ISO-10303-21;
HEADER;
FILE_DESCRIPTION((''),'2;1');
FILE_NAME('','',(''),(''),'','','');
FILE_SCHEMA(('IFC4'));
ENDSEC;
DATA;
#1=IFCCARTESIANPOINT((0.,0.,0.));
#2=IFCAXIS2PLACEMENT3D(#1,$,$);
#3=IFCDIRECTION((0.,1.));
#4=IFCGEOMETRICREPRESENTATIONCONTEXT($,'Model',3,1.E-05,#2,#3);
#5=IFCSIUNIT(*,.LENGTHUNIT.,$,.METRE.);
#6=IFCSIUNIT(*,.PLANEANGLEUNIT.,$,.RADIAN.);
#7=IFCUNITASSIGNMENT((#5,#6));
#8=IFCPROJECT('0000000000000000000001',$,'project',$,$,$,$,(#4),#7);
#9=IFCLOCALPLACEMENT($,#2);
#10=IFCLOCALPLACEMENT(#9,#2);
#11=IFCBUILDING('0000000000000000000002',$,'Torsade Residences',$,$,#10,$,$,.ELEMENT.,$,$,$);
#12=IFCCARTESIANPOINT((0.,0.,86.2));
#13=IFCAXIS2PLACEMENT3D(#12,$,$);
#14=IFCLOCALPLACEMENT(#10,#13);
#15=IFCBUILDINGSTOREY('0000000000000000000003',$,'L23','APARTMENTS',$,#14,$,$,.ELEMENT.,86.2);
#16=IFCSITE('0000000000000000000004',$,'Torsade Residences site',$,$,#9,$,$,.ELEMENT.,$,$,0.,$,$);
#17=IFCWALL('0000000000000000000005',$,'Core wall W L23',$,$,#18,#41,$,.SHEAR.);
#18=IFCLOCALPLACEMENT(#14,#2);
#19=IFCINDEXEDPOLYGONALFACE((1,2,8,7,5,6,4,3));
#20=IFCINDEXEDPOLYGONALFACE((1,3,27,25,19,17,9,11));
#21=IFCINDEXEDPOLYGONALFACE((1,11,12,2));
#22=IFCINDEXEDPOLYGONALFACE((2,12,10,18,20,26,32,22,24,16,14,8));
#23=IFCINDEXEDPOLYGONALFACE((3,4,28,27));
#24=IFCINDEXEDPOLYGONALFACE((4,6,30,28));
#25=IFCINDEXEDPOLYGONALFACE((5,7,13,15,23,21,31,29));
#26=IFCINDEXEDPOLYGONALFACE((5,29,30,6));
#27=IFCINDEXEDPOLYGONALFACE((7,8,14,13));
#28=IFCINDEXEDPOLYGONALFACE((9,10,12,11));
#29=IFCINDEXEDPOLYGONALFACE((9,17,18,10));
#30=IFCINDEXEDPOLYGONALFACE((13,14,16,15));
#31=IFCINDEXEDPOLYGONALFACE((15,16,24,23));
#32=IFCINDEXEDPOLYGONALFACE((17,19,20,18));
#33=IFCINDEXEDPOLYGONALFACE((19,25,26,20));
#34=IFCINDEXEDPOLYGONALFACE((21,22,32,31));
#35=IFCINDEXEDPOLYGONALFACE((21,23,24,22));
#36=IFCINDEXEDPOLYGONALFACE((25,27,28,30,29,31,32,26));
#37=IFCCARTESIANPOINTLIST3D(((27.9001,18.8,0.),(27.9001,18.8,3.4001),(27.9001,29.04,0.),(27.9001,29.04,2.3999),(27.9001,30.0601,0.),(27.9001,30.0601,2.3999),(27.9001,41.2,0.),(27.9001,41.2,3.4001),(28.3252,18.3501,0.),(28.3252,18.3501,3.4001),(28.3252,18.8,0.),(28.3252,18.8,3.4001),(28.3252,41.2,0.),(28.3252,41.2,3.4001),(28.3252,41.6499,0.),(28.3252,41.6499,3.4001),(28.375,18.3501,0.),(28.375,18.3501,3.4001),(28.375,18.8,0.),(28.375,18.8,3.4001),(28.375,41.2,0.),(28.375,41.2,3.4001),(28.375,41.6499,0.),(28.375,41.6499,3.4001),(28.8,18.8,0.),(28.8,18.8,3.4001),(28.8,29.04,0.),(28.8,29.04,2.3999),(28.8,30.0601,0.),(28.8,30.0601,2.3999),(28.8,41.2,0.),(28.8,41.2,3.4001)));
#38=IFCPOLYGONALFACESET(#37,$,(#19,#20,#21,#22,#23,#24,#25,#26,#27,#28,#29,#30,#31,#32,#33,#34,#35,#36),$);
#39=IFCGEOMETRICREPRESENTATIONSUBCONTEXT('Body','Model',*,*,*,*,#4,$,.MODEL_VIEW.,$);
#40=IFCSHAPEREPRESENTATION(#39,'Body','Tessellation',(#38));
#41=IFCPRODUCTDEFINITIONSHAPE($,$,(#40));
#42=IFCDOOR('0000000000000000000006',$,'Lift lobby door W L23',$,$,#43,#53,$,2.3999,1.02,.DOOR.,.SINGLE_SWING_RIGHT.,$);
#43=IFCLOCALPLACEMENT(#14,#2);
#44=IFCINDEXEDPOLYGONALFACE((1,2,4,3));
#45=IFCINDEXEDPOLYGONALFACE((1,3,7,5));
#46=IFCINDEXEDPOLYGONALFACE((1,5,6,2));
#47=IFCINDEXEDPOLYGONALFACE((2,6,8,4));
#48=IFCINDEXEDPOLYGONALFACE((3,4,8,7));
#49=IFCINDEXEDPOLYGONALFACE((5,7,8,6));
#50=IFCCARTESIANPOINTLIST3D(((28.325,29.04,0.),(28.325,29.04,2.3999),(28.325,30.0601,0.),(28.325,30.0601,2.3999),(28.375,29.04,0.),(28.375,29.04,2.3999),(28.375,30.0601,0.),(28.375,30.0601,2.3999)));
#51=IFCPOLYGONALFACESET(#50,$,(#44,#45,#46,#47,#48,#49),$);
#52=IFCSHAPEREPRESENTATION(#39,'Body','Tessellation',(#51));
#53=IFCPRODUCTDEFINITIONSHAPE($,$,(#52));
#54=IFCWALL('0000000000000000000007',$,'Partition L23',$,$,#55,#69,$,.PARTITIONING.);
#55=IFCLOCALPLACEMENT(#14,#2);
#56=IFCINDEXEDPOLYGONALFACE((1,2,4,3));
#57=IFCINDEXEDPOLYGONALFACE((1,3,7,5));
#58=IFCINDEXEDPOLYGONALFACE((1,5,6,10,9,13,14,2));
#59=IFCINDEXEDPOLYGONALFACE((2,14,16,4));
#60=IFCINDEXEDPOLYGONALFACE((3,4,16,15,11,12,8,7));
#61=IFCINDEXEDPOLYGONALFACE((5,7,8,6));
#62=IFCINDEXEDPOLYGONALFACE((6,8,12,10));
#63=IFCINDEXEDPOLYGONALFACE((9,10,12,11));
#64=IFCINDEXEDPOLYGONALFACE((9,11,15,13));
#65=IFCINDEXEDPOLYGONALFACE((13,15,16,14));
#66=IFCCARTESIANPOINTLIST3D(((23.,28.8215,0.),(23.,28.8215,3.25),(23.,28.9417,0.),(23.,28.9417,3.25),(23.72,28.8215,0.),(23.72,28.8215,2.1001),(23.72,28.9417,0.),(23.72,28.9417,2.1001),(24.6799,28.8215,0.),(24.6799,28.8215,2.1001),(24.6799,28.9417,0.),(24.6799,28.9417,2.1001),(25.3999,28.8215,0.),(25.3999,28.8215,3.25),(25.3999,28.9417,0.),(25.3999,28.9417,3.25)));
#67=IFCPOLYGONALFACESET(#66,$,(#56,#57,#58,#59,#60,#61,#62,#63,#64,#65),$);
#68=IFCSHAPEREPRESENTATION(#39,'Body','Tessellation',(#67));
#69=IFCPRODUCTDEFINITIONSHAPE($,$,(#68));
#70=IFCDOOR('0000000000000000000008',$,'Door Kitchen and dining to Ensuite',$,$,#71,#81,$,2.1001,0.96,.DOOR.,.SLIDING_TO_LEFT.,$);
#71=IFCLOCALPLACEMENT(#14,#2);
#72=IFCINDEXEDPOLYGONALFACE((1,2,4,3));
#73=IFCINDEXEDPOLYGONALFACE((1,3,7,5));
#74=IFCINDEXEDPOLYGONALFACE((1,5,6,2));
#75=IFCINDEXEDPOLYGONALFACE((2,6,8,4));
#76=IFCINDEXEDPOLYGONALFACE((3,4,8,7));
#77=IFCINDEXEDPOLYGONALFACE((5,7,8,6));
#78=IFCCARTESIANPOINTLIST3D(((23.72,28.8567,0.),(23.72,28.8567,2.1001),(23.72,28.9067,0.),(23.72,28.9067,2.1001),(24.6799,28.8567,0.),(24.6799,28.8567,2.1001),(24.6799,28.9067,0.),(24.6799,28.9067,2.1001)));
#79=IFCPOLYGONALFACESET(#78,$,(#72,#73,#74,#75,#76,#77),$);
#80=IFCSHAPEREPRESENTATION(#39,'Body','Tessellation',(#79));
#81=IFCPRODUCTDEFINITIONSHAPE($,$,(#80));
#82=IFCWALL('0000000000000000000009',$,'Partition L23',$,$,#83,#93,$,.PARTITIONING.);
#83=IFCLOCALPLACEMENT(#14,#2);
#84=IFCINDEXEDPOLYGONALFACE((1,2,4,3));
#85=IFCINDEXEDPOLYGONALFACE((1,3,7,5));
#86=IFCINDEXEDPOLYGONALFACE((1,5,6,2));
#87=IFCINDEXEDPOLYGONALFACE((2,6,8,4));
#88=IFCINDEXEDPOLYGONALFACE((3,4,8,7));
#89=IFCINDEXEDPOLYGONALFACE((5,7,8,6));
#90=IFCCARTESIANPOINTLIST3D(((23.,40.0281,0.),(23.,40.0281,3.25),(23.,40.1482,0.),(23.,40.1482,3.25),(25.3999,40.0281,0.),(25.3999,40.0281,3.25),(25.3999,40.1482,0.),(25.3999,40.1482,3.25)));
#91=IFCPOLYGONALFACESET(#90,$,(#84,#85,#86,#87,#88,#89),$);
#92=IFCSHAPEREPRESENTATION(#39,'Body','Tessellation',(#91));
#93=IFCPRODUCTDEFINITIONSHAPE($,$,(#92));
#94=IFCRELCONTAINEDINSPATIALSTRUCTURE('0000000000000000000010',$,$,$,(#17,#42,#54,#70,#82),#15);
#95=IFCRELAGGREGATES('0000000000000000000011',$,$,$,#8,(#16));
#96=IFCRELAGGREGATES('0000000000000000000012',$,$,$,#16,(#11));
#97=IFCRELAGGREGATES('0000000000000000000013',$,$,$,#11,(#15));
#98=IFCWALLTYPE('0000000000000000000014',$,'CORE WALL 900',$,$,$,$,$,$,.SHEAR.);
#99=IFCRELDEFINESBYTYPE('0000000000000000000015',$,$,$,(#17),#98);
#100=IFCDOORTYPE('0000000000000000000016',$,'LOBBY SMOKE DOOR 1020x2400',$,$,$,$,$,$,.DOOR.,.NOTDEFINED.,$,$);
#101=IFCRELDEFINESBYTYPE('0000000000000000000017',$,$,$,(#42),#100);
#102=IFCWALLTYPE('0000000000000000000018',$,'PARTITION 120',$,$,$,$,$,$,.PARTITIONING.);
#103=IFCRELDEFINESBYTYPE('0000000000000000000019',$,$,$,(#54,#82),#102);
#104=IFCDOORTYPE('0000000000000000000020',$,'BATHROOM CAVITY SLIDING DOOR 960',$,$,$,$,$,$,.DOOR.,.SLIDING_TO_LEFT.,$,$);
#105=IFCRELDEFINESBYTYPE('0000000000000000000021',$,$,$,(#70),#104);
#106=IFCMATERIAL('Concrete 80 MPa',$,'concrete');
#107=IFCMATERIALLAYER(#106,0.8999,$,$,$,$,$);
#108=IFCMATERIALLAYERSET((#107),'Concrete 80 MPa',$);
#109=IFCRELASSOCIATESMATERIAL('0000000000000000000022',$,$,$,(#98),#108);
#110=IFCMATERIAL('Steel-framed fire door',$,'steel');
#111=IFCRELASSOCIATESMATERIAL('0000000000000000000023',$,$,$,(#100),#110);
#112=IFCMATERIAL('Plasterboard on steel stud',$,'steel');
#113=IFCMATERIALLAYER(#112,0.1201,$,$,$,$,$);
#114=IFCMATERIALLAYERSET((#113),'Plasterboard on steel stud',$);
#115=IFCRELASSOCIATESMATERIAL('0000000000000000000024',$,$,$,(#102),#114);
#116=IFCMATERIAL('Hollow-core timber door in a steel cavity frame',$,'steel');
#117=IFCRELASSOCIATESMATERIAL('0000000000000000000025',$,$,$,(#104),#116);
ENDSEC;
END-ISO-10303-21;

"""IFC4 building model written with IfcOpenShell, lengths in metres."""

from ifc_helpers import new_model, si_unit, direction, frame, frame_2d, origin, place, context, subcontext, project, spatial, polyline, rectangle, outline, extrude, material, layer, layer_set, type_object, element, fill, save


model = new_model("IFC4")

# Units and contexts
model_context = context("Model", 3, precision=1e-05, world=origin(), true_north=direction((0.0, 1.0)))
body_context = subcontext(model_context, "Body", "Model", "MODEL_VIEW")
ifc_project = project(units=[si_unit("LENGTHUNIT", "METRE"), si_unit("PLANEANGLEUNIT", "RADIAN")], contexts=[model_context])

# Site, building, storey
site_placement = place(None, origin())
site = spatial("IfcSite", under=ifc_project, at=site_placement, Name="Torsade Residences site", CompositionType="ELEMENT", RefElevation=0.0)
building_placement = place(site_placement, origin())
building = spatial("IfcBuilding", under=site, at=building_placement, Name="Torsade Residences", CompositionType="ELEMENT")
storey_placement = place(building_placement, frame((0.0, 0.0, 86.2)))
storey = spatial("IfcBuildingStorey", under=building, at=storey_placement, Name="L23", Description="APARTMENTS", CompositionType="ELEMENT", Elevation=86.2)

# Shared definitions
ifc_material_1 = material(Name="Concrete 80 MPa", Category="concrete")
ifc_layer_1 = layer(ifc_material_1, 0.8999)
ifc_layer_set_1 = layer_set([ifc_layer_1], Name="Concrete 80 MPa")
wall_type_1 = type_object("IfcWallType", Name="CORE WALL 900", PredefinedType="SHEAR", material=ifc_layer_set_1)

# Walls, openings, doors
wall_1_placement = place(storey_placement, frame((28.3501, 41.2, 0.0), z_axis=(0.0, 0.0, 1.0), x_axis=(0.0, -1.0, 0.0)))
wall_1 = element("IfcWall", 1, at=wall_1_placement, inside=storey, type_object=wall_type_1, Name="Core wall W L23", PredefinedType="SHEAR", context=body_context, shape_type="SweptSolid", body=[
    extrude(outline(polyline([(0.0, -0.45), (22.3999, -0.45), (22.3999, -0.0249), (22.8499, -0.0249), (22.8499, 0.0249), (22.3999, 0.0249), (22.3999, 0.45), (0.0, 0.45), (0.0, 0.0249), (-0.45, 0.0249), (-0.45, -0.0249), (0.0, -0.0249), (0.0, -0.45)])), origin(), (0.0, 0.0, 1.0), 3.4001),
])
opening_1_placement = place(wall_1_placement, frame((11.1399, 0.0, 0.0)))
opening_1 = element("IfcOpeningElement", 2, at=opening_1_placement, cuts=wall_1, PredefinedType="OPENING", context=body_context, shape_type="SweptSolid", body=[
    extrude(rectangle(XDim=1.02, YDim=2.3999, at=frame_2d((0.51, 1.2))), frame((0.0, 0.46, 0.0), z_axis=(0.0, -1.0, 0.0), x_axis=(1.0, 0.0, 0.0)), (0.0, 0.0, 1.0), 0.9199),
])
ifc_material_2 = material(Name="Steel-framed fire door", Category="steel")
door_type_1 = type_object("IfcDoorType", Name="LOBBY SMOKE DOOR 1020x2400", OperationType="NOTDEFINED", PredefinedType="DOOR", material=ifc_material_2)
door_1_placement = place(opening_1_placement, origin())
door_1 = element("IfcDoor", 3, at=door_1_placement, inside=storey, type_object=door_type_1, Name="Lift lobby door W L23", OperationType="SINGLE_SWING_RIGHT", OverallHeight=2.3999, OverallWidth=1.02, PredefinedType="DOOR", context=body_context, shape_type="SweptSolid", body=[
    extrude(rectangle(XDim=1.02, YDim=2.3999, at=frame_2d((0.51, 1.2))), frame((0.0, 0.0249, 0.0), z_axis=(0.0, -1.0, 0.0), x_axis=(1.0, 0.0, 0.0)), (0.0, 0.0, 1.0), 0.05),
])
fill(opening_1, door_1)
ifc_material_3 = material(Name="Plasterboard on steel stud", Category="steel")
ifc_layer_2 = layer(ifc_material_3, 0.1201)
ifc_layer_set_2 = layer_set([ifc_layer_2], Name="Plasterboard on steel stud")
wall_type_2 = type_object("IfcWallType", Name="PARTITION 120", PredefinedType="PARTITIONING", material=ifc_layer_set_2)
wall_2_placement = place(storey_placement, frame((25.3999, 28.8816, 0.0), z_axis=(0.0, 0.0, 1.0), x_axis=(-1.0, 0.0, 0.0)))
wall_2 = element("IfcWall", 4, at=wall_2_placement, inside=storey, type_object=wall_type_2, Name="Partition L23", PredefinedType="PARTITIONING", context=body_context, shape_type="SweptSolid", body=[
    extrude(rectangle(XDim=2.3999, YDim=0.1201, at=frame_2d((1.2, 0.0))), origin(), (0.0, 0.0, 1.0), 3.25),
])
opening_2_placement = place(wall_2_placement, frame((0.72, 0.0, 0.0)))
opening_2 = element("IfcOpeningElement", 5, at=opening_2_placement, cuts=wall_2, PredefinedType="OPENING", context=body_context, shape_type="SweptSolid", body=[
    extrude(rectangle(XDim=0.96, YDim=2.1001, at=frame_2d((0.48, 1.05))), frame((0.0, 0.0701, 0.0), z_axis=(0.0, -1.0, 0.0), x_axis=(1.0, 0.0, 0.0)), (0.0, 0.0, 1.0), 0.1401),
])
ifc_material_4 = material(Name="Hollow-core timber door in a steel cavity frame", Category="steel")
door_type_2 = type_object("IfcDoorType", Name="BATHROOM CAVITY SLIDING DOOR 960", OperationType="SLIDING_TO_LEFT", PredefinedType="DOOR", material=ifc_material_4)
door_2_placement = place(opening_2_placement, origin())
door_2 = element("IfcDoor", 6, at=door_2_placement, inside=storey, type_object=door_type_2, Name="Door Kitchen and dining to Ensuite", OperationType="SLIDING_TO_LEFT", OverallHeight=2.1001, OverallWidth=0.96, PredefinedType="DOOR", context=body_context, shape_type="SweptSolid", body=[
    extrude(rectangle(XDim=0.96, YDim=2.1001, at=frame_2d((0.48, 1.05))), frame((0.0, 0.0249, 0.0), z_axis=(0.0, -1.0, 0.0), x_axis=(1.0, 0.0, 0.0)), (0.0, 0.0, 1.0), 0.05),
])
fill(opening_2, door_2)

# Wall
wall_3_placement = place(storey_placement, frame((25.3999, 40.0881, 0.0), z_axis=(0.0, 0.0, 1.0), x_axis=(-1.0, 0.0, 0.0)))
element("IfcWall", 7, at=wall_3_placement, inside=storey, type_object=wall_type_2, Name="Partition L23", PredefinedType="PARTITIONING", context=body_context, shape_type="SweptSolid", body=[
    extrude(rectangle(XDim=2.3999, YDim=0.1201, at=frame_2d((1.2, 0.0))), origin(), (0.0, 0.0, 1.0), 3.25),
])

save(model, "model.ifc")
